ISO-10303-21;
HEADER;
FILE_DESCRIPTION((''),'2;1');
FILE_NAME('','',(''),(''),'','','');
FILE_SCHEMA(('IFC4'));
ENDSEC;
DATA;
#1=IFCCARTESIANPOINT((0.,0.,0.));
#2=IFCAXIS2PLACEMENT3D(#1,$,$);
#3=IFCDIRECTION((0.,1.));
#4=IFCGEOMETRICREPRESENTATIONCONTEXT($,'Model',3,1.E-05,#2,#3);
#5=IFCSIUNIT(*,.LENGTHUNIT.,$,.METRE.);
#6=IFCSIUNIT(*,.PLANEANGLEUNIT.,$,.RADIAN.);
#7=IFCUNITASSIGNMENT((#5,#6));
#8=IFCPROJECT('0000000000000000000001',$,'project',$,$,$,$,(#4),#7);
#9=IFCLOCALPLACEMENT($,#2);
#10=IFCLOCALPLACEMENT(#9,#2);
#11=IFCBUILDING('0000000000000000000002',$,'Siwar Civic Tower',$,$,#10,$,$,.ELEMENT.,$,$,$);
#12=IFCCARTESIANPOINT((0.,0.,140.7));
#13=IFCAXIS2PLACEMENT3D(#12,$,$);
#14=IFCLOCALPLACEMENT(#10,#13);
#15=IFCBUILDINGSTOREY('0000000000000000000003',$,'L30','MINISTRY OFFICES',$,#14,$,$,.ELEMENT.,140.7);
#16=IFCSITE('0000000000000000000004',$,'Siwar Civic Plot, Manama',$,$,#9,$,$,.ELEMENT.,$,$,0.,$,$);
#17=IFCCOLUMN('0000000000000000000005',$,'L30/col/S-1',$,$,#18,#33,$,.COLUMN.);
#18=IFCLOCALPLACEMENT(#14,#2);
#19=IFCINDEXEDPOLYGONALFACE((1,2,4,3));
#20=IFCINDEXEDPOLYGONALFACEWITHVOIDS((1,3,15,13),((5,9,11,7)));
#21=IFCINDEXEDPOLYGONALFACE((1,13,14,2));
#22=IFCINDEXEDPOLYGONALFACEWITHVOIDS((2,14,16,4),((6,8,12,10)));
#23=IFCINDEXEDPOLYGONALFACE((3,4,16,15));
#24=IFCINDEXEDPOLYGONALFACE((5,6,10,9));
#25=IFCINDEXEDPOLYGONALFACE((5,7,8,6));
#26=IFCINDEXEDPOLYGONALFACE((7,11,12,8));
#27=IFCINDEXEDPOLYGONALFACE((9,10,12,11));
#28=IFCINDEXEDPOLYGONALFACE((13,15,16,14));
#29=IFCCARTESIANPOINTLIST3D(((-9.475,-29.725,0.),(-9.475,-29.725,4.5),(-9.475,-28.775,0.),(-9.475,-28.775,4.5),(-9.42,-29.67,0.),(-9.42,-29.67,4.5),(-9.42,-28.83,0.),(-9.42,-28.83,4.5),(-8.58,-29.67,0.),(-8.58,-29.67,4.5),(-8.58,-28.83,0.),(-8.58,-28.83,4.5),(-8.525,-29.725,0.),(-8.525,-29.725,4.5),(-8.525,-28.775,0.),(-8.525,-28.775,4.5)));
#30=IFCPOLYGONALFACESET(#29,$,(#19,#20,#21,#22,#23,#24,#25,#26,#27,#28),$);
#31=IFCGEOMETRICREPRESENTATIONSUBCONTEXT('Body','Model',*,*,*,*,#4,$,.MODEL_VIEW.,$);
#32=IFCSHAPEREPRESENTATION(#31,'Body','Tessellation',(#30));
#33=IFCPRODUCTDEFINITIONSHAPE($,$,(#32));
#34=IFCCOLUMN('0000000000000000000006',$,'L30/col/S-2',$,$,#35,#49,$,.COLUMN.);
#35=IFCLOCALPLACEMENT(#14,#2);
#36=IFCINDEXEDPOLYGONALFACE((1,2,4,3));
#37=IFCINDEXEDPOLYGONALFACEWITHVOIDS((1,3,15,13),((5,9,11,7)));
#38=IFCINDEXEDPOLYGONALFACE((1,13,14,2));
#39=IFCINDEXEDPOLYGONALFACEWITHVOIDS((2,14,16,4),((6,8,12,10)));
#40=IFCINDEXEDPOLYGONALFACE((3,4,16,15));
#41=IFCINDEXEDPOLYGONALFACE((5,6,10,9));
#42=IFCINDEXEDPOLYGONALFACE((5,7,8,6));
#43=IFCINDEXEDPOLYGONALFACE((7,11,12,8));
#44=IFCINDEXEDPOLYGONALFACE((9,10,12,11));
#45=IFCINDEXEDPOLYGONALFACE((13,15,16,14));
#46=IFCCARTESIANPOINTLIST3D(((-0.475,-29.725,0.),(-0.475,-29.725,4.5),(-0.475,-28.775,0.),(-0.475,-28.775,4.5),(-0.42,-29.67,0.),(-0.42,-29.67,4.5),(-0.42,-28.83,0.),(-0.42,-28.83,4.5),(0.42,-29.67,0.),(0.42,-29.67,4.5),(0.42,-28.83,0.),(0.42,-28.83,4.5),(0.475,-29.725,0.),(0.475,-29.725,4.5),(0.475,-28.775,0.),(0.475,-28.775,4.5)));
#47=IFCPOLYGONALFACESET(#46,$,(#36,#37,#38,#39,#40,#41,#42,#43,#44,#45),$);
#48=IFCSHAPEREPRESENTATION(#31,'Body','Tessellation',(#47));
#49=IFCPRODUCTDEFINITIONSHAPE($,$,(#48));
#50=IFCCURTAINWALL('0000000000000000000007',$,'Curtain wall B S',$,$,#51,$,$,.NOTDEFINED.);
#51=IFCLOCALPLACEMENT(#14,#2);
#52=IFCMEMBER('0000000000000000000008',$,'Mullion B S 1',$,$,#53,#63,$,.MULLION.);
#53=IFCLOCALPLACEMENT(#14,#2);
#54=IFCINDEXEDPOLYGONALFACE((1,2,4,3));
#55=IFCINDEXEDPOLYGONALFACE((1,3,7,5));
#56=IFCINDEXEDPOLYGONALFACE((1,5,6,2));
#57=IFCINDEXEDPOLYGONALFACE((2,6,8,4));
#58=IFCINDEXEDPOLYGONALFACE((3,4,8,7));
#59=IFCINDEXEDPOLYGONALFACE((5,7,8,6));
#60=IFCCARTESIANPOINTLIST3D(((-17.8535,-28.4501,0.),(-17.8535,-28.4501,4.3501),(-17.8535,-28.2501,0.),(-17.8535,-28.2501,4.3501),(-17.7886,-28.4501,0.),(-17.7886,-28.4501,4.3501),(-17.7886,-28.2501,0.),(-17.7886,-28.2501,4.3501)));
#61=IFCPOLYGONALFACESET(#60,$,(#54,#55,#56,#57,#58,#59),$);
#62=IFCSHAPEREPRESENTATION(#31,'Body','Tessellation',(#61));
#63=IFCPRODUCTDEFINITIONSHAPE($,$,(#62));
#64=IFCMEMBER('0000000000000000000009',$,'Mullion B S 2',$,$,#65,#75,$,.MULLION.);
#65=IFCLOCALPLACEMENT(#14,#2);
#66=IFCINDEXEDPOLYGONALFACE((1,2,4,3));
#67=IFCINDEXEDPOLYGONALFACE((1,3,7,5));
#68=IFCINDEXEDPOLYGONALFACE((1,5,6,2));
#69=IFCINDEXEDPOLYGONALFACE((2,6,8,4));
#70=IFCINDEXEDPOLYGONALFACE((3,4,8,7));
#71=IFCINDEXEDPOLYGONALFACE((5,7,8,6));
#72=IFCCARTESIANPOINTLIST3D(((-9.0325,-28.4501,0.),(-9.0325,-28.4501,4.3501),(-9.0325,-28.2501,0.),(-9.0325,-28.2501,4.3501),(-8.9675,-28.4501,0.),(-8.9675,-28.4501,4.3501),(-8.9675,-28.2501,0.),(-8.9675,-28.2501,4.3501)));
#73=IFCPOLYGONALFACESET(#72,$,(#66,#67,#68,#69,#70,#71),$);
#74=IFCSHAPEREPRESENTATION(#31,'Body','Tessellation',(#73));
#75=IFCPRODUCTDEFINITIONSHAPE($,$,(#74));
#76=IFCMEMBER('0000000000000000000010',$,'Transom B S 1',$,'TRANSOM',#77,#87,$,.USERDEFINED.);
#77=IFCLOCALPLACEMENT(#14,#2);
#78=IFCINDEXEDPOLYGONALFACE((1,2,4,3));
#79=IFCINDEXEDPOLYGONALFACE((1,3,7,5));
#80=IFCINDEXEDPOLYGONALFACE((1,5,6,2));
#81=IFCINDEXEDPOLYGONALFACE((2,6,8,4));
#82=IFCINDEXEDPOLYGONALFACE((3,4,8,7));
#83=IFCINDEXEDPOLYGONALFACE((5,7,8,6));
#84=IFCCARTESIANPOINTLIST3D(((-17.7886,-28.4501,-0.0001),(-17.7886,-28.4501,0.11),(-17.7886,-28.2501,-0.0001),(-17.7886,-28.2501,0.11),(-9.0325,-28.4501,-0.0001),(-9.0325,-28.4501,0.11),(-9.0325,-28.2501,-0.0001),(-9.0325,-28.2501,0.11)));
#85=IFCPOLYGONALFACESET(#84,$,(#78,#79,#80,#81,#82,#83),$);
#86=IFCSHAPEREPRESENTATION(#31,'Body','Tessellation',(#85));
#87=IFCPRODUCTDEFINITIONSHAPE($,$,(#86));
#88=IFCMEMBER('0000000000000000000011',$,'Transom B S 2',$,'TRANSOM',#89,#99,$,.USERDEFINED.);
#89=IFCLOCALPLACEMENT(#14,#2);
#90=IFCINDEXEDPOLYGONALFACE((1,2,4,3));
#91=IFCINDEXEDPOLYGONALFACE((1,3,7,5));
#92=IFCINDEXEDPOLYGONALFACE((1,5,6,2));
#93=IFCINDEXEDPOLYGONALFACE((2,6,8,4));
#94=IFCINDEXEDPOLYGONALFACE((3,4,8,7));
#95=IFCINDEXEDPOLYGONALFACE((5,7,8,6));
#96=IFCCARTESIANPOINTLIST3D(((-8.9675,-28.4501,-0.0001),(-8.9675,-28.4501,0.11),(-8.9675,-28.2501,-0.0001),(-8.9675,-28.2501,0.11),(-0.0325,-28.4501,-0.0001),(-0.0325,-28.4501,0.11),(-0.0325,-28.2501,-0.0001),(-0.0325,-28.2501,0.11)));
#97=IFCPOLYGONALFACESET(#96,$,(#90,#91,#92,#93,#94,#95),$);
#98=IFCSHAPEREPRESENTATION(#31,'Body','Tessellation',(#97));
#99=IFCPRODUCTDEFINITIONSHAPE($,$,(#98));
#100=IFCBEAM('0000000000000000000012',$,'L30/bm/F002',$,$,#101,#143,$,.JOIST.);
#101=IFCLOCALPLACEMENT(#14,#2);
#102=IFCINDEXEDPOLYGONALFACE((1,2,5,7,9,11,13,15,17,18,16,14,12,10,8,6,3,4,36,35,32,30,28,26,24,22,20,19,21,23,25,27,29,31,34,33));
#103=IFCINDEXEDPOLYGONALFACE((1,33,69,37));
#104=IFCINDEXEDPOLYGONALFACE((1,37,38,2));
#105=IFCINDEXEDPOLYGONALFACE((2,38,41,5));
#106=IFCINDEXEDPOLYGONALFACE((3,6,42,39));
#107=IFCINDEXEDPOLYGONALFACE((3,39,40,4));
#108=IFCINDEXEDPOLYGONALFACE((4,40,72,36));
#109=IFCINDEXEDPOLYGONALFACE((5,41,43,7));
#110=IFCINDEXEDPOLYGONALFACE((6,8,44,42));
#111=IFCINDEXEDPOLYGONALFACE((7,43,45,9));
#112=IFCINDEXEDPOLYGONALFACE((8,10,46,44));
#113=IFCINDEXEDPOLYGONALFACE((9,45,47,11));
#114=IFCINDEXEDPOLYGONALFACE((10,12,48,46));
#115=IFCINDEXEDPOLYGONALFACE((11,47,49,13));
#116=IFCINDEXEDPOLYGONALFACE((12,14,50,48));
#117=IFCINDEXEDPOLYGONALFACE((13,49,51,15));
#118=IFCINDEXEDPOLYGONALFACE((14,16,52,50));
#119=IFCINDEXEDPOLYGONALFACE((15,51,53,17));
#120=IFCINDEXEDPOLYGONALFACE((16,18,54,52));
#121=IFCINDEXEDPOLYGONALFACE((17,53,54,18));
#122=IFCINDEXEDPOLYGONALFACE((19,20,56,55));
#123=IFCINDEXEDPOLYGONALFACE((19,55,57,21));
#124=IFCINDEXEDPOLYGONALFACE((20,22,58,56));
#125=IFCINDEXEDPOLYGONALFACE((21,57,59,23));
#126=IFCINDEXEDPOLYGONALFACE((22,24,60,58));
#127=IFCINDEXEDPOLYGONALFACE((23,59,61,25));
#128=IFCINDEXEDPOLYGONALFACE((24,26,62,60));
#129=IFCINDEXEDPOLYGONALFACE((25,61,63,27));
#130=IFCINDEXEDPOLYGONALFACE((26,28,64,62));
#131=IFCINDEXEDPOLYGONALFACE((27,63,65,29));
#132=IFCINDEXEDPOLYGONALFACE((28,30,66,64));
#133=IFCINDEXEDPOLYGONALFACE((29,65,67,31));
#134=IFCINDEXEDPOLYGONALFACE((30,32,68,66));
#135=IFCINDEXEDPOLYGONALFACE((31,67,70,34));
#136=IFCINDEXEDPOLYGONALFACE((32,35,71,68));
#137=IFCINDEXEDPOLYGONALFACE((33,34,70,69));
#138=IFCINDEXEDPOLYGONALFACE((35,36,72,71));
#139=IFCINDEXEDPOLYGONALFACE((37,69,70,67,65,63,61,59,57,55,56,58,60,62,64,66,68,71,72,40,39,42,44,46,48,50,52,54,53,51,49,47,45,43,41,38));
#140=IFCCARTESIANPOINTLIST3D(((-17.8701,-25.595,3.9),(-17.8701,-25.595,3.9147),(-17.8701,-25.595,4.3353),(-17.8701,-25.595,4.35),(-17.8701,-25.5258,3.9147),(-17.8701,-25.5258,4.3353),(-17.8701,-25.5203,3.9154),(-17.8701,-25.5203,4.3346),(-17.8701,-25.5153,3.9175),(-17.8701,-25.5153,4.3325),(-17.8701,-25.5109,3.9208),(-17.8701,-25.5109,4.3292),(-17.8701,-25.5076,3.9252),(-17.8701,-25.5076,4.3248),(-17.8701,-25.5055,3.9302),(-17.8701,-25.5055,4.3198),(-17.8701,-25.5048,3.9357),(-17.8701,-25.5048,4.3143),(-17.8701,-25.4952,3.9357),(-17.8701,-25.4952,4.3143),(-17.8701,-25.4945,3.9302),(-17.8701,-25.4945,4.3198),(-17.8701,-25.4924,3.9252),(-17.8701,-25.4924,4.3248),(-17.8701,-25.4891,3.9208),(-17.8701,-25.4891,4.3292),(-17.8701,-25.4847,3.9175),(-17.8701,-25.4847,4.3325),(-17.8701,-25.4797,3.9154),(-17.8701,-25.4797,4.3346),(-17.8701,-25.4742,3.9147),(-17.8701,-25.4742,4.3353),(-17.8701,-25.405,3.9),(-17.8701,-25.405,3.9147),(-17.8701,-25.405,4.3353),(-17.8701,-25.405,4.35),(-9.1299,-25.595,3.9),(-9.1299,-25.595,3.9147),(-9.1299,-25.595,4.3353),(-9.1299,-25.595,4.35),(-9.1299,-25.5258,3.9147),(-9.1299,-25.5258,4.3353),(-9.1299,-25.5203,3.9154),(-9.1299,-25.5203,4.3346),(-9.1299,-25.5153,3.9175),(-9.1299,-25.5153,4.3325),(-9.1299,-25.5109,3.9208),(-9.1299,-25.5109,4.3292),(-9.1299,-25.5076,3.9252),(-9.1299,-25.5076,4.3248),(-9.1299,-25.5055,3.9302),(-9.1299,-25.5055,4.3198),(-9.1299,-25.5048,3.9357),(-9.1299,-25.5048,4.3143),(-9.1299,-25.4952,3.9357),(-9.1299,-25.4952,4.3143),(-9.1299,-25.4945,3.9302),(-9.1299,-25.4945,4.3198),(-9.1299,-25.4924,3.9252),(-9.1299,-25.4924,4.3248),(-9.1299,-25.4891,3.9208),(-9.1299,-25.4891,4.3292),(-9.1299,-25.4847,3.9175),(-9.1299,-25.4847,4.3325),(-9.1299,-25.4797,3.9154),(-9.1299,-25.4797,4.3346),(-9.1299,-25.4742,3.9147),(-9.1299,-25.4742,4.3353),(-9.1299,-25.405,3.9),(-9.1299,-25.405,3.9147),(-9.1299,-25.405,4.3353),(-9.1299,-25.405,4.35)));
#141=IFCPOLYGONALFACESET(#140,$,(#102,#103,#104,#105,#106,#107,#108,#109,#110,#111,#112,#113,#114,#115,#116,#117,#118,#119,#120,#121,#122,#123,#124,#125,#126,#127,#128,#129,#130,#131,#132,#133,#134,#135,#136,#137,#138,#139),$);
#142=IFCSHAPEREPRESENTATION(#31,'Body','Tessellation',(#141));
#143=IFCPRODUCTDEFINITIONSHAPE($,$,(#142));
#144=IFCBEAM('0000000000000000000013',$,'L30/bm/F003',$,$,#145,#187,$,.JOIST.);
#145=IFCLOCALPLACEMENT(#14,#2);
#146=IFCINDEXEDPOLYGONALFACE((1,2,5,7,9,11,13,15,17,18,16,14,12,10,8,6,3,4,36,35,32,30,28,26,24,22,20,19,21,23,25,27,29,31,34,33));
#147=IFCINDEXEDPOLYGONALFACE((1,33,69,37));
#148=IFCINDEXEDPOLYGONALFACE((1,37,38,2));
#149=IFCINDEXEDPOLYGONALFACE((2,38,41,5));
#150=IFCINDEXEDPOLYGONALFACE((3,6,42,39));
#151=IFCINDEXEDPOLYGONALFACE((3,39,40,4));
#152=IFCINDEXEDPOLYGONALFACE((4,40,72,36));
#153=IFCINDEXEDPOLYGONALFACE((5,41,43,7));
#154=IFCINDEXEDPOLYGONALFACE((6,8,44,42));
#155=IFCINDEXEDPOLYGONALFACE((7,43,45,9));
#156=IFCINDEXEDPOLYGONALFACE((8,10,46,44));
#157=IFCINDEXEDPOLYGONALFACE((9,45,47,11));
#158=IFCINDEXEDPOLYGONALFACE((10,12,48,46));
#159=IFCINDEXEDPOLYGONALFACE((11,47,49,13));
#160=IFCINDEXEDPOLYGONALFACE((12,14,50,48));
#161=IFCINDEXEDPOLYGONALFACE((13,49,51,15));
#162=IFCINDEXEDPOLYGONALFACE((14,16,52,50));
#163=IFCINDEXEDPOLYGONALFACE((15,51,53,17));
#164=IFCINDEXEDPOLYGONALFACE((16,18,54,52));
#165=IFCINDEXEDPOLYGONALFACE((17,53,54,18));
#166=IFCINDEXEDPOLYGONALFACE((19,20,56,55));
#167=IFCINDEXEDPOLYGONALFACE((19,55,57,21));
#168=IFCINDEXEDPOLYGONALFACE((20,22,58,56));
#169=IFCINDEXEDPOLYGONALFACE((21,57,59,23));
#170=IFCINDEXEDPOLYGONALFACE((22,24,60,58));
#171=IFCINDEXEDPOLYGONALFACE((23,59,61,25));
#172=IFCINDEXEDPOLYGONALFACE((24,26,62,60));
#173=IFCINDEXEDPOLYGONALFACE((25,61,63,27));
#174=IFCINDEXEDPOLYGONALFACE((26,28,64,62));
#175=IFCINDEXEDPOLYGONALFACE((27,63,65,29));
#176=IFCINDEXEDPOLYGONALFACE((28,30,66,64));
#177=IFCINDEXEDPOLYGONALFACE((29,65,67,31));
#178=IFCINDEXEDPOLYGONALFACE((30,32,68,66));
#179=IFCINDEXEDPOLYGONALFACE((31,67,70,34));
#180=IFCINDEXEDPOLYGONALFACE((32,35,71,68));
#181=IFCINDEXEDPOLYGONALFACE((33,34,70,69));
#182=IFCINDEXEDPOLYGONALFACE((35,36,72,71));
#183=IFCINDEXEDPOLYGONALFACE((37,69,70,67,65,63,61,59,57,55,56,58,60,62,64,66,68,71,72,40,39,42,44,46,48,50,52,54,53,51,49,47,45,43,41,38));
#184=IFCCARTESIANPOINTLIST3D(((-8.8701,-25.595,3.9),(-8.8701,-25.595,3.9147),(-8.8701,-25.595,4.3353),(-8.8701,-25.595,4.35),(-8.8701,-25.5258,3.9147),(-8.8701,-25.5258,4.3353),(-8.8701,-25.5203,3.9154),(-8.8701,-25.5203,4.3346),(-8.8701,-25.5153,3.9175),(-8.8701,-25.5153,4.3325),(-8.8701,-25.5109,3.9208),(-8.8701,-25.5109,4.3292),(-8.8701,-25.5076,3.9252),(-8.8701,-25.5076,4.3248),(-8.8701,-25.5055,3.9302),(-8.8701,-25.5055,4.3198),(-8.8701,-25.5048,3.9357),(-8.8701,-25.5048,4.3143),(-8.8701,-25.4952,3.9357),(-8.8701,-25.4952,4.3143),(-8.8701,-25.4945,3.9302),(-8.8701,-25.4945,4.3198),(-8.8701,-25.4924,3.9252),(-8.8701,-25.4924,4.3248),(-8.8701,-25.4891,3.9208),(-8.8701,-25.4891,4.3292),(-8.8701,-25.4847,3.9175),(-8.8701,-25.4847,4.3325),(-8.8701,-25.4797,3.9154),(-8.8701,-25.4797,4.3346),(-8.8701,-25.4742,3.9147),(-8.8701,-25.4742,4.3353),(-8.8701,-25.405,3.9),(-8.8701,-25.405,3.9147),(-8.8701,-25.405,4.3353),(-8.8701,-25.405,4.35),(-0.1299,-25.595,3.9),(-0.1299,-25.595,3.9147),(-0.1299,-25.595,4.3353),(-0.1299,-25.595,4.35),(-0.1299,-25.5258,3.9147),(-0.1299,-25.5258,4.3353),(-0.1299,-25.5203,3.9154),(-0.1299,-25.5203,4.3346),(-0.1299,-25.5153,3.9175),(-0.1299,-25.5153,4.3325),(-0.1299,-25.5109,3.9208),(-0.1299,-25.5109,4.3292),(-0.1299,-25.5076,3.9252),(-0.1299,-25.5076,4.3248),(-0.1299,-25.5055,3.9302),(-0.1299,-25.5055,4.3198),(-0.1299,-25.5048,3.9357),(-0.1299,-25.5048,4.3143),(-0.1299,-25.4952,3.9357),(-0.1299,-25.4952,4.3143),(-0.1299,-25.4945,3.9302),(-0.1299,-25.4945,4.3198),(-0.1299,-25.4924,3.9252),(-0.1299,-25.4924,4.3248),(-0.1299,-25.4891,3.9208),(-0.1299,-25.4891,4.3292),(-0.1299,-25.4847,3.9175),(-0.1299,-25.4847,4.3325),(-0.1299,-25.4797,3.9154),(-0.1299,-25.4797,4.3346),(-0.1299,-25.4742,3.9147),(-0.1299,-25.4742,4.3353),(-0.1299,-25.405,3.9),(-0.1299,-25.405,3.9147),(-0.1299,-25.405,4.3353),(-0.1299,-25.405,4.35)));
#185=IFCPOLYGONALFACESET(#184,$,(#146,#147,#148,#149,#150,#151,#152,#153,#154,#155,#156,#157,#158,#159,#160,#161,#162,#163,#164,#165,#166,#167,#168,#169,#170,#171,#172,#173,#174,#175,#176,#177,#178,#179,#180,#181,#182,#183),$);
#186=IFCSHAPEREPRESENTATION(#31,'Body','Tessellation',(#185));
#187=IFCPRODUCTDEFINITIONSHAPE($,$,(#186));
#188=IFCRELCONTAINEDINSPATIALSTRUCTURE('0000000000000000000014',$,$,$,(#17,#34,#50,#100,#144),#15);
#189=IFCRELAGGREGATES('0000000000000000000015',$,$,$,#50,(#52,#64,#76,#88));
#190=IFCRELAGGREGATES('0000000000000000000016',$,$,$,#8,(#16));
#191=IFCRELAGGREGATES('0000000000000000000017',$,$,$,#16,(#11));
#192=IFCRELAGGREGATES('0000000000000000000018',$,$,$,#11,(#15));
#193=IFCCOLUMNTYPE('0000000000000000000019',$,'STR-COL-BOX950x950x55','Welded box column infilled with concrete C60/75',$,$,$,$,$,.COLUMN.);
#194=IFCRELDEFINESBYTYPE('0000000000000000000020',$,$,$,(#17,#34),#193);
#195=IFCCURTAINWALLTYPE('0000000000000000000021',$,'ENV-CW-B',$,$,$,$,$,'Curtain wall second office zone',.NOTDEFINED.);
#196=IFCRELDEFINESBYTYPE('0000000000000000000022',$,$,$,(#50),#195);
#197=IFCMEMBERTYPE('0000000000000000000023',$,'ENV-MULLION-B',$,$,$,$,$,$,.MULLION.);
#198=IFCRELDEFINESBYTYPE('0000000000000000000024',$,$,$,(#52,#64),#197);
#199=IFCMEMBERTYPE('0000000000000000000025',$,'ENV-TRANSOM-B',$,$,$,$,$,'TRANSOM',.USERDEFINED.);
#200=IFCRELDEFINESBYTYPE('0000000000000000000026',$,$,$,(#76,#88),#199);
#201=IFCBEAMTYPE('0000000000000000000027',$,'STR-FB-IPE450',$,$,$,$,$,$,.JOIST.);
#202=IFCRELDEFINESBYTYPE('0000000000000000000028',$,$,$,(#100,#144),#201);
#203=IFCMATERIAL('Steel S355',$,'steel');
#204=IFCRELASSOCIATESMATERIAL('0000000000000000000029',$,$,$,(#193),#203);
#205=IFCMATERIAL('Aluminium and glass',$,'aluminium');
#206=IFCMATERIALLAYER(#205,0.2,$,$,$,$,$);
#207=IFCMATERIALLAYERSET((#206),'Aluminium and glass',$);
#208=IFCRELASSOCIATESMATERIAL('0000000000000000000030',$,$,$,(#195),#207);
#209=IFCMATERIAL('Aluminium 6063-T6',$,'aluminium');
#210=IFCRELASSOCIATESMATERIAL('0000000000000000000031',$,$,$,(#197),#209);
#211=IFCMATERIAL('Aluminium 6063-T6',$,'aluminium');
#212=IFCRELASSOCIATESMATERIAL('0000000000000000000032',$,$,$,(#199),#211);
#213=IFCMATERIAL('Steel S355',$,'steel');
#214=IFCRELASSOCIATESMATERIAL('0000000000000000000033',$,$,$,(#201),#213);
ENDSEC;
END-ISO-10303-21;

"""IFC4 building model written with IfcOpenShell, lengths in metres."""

from ifc_helpers import new_model, si_unit, direction, frame, origin, origin_2d, place, context, subcontext, project, spatial, rectangle, hollow_rectangle, i_section, extrude, material, layer, layer_set, material_profile, profile_set, type_object, element, aggregate, save


model = new_model("IFC4")

# Units and contexts
model_context = context("Model", 3, precision=1e-05, world=origin(), true_north=direction((0.0, 1.0)))
body_context = subcontext(model_context, "Body", "Model", "MODEL_VIEW")
ifc_project = project(units=[si_unit("LENGTHUNIT", "METRE"), si_unit("PLANEANGLEUNIT", "RADIAN")], contexts=[model_context])

# Site, building, storey
site_placement = place(None, origin())
site = spatial("IfcSite", under=ifc_project, at=site_placement, Name="Siwar Civic Plot, Manama", CompositionType="ELEMENT", RefElevation=0.0)
building_placement = place(site_placement, origin())
building = spatial("IfcBuilding", under=site, at=building_placement, Name="Siwar Civic Tower", CompositionType="ELEMENT")
storey_placement = place(building_placement, frame((0.0, 0.0, 140.7)))
storey = spatial("IfcBuildingStorey", under=building, at=storey_placement, Name="L30", Description="MINISTRY OFFICES", CompositionType="ELEMENT", Elevation=140.7)

# Columns
ifc_material_1 = material(Name="Steel S355", Category="steel")
ifc_material_profile_1 = material_profile(ifc_material_1, hollow_rectangle(XDim=0.95, YDim=0.95, WallThickness=0.0549, at=origin_2d()), Name="BOX950x950x55")
ifc_profile_set_1 = profile_set([ifc_material_profile_1], Name="Steel S355")
column_type = type_object("IfcColumnType", Name="STR-COL-BOX950x950x55", Description="Welded box column infilled with concrete C60/75", PredefinedType="COLUMN", material=ifc_profile_set_1)
for number, where, z_axis, x_axis, name in (
    (1, (-9.0, -29.25, 0.0), (0.0, 0.0, 1.0), (1.0, 0.0, 0.0), "L30/col/S-1"),
    (2, (0.0, -29.25, 0.0), (0.0, 0.0, 1.0), (1.0, 0.0, 0.0), "L30/col/S-2"),
):
    element("IfcColumn", number, at=place(storey_placement, frame(where, z_axis=z_axis, x_axis=x_axis)), inside=storey, type_object=column_type, Name=name, PredefinedType="COLUMN", context=body_context, shape_type="SweptSolid", body=[
        extrude(hollow_rectangle(XDim=0.95, YDim=0.95, WallThickness=0.0549, at=origin_2d()), origin(), (0.0, 0.0, 1.0), 4.5),
    ])

# Curtain wall, members
ifc_material_2 = material(Name="Aluminium and glass", Category="aluminium")
ifc_layer_1 = layer(ifc_material_2, 0.2)
ifc_layer_set_1 = layer_set([ifc_layer_1], Name="Aluminium and glass")
curtain_wall_type = type_object("IfcCurtainWallType", Name="ENV-CW-B", ElementType="Curtain wall second office zone", PredefinedType="NOTDEFINED", material=ifc_layer_set_1)
curtain_wall_placement = place(storey_placement, origin())
curtain_wall = element("IfcCurtainWall", 3, at=curtain_wall_placement, inside=storey, type_object=curtain_wall_type, Name="Curtain wall B S", PredefinedType="NOTDEFINED")
ifc_material_3 = material(Name="Aluminium 6063-T6", Category="aluminium")
ifc_material_profile_2 = material_profile(ifc_material_3, rectangle(XDim=0.2, YDim=0.0649, at=origin_2d()), Name="AL 200x65")
ifc_profile_set_2 = profile_set([ifc_material_profile_2], Name="Aluminium 6063-T6")
member_type_1 = type_object("IfcMemberType", Name="ENV-MULLION-B", PredefinedType="MULLION", material=ifc_profile_set_2)
member_1_placement = place(storey_placement, frame((-17.821, -28.3501, 0.0), z_axis=(0.0, 0.0, 1.0), x_axis=(0.0, 1.0, 0.0)))
member_1 = element("IfcMember", 4, at=member_1_placement, type_object=member_type_1, Name="Mullion B S 1", PredefinedType="MULLION", context=body_context, shape_type="SweptSolid", body=[
    extrude(rectangle(XDim=0.2, YDim=0.0649, at=origin_2d()), origin(), (0.0, 0.0, 1.0), 4.3501),
])
member_2_placement = place(storey_placement, frame((-9.0, -28.3501, 0.0), z_axis=(0.0, 0.0, 1.0), x_axis=(0.0, 1.0, 0.0)))
member_2 = element("IfcMember", 5, at=member_2_placement, type_object=member_type_1, Name="Mullion B S 2", PredefinedType="MULLION", context=body_context, shape_type="SweptSolid", body=[
    extrude(rectangle(XDim=0.2, YDim=0.0649, at=origin_2d()), origin(), (0.0, 0.0, 1.0), 4.3501),
])
ifc_material_4 = material(Name="Aluminium 6063-T6", Category="aluminium")
ifc_material_profile_3 = material_profile(ifc_material_4, rectangle(XDim=0.2, YDim=0.1101, at=origin_2d()), Name="AL 200x110")
ifc_profile_set_3 = profile_set([ifc_material_profile_3], Name="Aluminium 6063-T6")
member_type_2 = type_object("IfcMemberType", Name="ENV-TRANSOM-B", ElementType="TRANSOM", PredefinedType="USERDEFINED", material=ifc_profile_set_3)
member_3_placement = place(storey_placement, frame((-17.7886, -28.3501, 0.0549), z_axis=(1.0, 0.0, 0.0), x_axis=(0.0, 1.0, 0.0)))
member_3 = element("IfcMember", 6, at=member_3_placement, type_object=member_type_2, Name="Transom B S 1", ObjectType="TRANSOM", PredefinedType="USERDEFINED", context=body_context, shape_type="SweptSolid", body=[
    extrude(rectangle(XDim=0.2, YDim=0.1101, at=origin_2d()), origin(), (0.0, 0.0, 1.0), 8.7561),
])
member_4_placement = place(storey_placement, frame((-8.9675, -28.3501, 0.0549), z_axis=(1.0, 0.0, 0.0), x_axis=(0.0, 1.0, 0.0)))
member_4 = element("IfcMember", 7, at=member_4_placement, type_object=member_type_2, Name="Transom B S 2", ObjectType="TRANSOM", PredefinedType="USERDEFINED", context=body_context, shape_type="SweptSolid", body=[
    extrude(rectangle(XDim=0.2, YDim=0.1101, at=origin_2d()), origin(), (0.0, 0.0, 1.0), 8.9351),
])

# Beams
ifc_material_5 = material(Name="Steel S355", Category="steel")
ifc_material_profile_4 = material_profile(ifc_material_5, i_section(OverallWidth=0.1899, OverallDepth=0.45, WebThickness=0.0095, FlangeThickness=0.0146, FilletRadius=0.021, at=origin_2d()), Name="IPE450")
ifc_profile_set_4 = profile_set([ifc_material_profile_4], Name="Steel S355")
beam_type_1 = type_object("IfcBeamType", Name="STR-FB-IPE450", PredefinedType="JOIST", material=ifc_profile_set_4)
for number, where, z_axis, x_axis, name in (
    (8, (-17.8701, -25.5, 4.125), (1.0, 0.0, 0.0), (0.0, 1.0, 0.0), "L30/bm/F002"),
    (9, (-8.8701, -25.5, 4.125), (1.0, 0.0, 0.0), (0.0, 1.0, 0.0), "L30/bm/F003"),
):
    element("IfcBeam", number, at=place(storey_placement, frame(where, z_axis=z_axis, x_axis=x_axis)), inside=storey, type_object=beam_type_1, Name=name, PredefinedType="JOIST", context=body_context, shape_type="SweptSolid", body=[
        extrude(i_section(OverallWidth=0.1899, OverallDepth=0.45, WebThickness=0.0095, FlangeThickness=0.0146, FilletRadius=0.021, at=origin_2d()), origin(), (0.0, 0.0, 1.0), 8.7402),
    ])

aggregate(curtain_wall, [member_1, member_2, member_3, member_4])

save(model, "model.ifc")
